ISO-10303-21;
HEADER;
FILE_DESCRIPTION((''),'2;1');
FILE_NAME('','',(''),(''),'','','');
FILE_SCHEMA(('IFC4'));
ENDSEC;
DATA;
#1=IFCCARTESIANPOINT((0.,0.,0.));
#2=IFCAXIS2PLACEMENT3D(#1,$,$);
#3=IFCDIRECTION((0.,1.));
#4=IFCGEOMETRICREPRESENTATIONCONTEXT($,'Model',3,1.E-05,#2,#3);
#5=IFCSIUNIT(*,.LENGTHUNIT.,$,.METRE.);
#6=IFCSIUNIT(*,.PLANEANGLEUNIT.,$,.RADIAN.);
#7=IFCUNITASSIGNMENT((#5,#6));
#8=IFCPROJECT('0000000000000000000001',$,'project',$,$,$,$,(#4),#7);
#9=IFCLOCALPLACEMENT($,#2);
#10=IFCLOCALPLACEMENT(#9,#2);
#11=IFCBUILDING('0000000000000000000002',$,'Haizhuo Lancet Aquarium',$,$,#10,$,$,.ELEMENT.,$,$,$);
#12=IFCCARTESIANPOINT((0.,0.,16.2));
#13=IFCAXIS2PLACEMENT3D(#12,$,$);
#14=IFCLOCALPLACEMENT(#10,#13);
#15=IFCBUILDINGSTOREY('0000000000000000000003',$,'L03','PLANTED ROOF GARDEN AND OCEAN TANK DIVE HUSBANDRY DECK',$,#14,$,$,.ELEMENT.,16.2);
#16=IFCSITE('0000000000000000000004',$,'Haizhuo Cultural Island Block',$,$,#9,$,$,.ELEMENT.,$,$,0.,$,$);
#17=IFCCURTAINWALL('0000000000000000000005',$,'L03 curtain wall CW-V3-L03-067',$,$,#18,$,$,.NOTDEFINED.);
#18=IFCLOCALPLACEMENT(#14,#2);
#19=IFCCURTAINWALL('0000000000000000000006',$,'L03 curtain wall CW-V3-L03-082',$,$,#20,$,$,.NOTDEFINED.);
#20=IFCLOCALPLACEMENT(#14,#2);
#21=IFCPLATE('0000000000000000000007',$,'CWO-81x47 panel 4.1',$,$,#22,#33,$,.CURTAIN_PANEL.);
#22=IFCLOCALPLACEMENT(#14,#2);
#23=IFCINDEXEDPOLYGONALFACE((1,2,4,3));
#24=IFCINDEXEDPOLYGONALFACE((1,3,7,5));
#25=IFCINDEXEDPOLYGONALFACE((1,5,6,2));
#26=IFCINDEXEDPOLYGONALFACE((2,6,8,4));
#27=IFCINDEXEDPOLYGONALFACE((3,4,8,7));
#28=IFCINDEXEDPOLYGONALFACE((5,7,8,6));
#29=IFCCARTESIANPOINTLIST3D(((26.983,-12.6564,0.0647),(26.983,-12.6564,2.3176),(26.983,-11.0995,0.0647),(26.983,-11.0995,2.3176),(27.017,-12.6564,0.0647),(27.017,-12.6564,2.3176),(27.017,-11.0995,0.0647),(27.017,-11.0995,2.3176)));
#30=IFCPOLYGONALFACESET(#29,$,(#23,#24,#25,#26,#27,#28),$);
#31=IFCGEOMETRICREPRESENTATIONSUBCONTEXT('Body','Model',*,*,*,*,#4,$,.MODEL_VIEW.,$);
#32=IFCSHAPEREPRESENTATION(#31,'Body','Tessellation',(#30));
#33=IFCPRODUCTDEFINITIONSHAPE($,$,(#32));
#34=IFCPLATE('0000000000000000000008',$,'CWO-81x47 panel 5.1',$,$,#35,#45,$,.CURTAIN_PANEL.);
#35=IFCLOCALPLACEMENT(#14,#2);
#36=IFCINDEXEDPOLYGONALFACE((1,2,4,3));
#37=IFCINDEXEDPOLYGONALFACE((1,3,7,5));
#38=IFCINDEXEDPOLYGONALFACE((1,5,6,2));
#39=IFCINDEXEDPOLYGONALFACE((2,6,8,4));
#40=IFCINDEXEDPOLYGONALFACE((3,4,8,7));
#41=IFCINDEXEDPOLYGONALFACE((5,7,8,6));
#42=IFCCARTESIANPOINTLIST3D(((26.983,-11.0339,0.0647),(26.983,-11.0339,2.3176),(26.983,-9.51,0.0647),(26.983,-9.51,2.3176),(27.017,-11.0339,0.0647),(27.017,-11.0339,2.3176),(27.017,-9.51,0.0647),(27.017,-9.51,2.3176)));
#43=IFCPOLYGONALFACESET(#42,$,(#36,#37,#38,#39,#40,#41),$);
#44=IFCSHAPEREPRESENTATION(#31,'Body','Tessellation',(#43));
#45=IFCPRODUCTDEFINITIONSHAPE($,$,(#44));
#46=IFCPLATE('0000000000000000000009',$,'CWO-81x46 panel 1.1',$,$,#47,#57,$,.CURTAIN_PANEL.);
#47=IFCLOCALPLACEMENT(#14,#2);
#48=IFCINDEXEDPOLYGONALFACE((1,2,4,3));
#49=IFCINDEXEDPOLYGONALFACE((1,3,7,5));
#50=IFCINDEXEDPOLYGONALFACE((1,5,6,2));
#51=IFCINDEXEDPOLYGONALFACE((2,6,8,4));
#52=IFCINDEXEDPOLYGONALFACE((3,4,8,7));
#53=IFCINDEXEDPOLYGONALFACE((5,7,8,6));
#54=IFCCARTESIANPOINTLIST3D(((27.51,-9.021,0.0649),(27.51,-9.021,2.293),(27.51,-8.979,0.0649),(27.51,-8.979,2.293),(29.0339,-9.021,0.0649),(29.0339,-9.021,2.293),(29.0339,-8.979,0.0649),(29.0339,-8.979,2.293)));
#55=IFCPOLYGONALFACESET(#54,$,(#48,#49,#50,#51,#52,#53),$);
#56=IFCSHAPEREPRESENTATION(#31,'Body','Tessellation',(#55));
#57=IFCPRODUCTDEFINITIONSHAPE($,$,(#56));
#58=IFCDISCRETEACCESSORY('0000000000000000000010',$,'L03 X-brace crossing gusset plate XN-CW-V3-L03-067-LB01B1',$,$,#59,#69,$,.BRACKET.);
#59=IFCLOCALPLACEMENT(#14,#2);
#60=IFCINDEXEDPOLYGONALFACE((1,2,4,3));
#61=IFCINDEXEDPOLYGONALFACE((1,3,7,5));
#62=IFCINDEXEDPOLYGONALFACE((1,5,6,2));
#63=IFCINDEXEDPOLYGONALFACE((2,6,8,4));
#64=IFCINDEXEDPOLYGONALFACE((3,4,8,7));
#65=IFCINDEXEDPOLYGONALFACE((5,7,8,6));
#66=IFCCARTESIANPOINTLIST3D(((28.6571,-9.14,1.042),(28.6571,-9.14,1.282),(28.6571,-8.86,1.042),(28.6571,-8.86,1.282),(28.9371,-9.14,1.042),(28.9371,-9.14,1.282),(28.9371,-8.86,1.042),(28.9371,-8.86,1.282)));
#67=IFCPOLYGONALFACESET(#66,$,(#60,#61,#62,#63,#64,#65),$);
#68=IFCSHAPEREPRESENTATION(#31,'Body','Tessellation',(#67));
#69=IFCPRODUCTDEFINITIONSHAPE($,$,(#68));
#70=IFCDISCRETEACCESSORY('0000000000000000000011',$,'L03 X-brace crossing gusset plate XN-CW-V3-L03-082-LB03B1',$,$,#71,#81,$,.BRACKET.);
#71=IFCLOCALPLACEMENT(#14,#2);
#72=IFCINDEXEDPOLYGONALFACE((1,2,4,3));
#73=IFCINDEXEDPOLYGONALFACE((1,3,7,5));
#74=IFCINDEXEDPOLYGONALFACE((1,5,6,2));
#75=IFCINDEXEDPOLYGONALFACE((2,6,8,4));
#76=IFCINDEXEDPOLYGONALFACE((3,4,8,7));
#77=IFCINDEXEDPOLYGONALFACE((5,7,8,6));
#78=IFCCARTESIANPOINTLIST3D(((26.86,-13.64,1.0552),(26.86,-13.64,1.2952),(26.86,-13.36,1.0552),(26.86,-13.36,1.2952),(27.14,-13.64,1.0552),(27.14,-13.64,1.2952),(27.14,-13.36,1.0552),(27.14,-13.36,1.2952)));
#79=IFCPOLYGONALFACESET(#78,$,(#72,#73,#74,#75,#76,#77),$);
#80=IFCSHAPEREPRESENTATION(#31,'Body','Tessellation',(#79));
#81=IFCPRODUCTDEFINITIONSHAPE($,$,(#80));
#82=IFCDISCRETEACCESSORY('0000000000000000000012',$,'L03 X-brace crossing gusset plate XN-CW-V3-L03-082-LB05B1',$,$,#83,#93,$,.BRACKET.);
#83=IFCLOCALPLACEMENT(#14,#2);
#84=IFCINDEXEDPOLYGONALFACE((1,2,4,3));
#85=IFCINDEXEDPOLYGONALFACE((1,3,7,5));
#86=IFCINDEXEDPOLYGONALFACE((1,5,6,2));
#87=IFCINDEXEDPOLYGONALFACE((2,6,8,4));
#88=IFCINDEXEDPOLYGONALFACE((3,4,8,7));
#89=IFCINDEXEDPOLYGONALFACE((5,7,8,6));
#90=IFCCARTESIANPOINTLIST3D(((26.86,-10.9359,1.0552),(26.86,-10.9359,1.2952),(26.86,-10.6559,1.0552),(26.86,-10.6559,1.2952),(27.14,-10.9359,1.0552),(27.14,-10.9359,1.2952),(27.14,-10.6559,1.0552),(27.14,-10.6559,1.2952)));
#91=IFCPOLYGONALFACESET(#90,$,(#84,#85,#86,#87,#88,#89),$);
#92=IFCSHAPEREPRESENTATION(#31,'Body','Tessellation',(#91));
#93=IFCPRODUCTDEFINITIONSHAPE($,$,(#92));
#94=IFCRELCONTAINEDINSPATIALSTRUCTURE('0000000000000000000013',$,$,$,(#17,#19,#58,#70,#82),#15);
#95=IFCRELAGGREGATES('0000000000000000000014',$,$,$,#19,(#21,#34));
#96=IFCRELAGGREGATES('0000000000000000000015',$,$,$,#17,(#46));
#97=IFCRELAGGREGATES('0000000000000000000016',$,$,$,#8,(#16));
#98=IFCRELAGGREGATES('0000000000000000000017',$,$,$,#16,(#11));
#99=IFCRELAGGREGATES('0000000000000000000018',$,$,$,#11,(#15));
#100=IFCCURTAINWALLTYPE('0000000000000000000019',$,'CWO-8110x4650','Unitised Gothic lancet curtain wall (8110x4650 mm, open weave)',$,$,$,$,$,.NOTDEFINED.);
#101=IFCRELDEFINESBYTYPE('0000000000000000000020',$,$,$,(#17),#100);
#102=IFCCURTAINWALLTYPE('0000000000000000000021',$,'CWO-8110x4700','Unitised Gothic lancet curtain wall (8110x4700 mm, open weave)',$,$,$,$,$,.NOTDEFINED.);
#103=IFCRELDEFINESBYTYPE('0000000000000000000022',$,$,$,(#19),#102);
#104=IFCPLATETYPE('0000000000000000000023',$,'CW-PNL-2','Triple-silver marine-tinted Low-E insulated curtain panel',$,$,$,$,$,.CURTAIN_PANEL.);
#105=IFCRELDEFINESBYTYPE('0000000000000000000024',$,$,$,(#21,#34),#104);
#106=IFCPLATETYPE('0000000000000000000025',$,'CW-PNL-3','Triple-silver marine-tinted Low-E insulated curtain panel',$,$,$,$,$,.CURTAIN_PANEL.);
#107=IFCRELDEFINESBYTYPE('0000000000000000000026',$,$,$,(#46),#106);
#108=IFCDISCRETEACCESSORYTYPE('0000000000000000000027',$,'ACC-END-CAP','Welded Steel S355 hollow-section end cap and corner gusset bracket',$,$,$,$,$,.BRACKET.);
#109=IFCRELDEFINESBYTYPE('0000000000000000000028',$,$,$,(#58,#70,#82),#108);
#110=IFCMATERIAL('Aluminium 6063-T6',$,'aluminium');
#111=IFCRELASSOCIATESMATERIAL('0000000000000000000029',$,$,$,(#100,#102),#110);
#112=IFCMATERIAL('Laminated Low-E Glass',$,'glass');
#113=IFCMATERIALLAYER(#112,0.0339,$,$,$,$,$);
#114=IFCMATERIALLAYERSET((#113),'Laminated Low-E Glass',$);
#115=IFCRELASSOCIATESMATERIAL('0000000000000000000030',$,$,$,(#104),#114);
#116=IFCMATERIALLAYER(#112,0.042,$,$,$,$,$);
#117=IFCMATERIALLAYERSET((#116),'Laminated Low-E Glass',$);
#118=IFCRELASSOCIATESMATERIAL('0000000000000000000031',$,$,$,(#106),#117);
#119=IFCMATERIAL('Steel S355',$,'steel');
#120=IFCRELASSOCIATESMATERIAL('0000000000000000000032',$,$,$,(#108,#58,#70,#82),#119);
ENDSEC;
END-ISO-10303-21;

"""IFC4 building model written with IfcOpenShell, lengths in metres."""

from ifc_helpers import new_model, si_unit, direction, frame, origin, origin_2d, place, context, subcontext, project, spatial, rectangle, extrude, material, layer, layer_set, type_object, element, aggregate, save


model = new_model("IFC4")

# Units and contexts
model_context = context("Model", 3, precision=1e-05, world=origin(), true_north=direction((0.0, 1.0)))
body_context = subcontext(model_context, "Body", "Model", "MODEL_VIEW")
ifc_project = project(units=[si_unit("LENGTHUNIT", "METRE"), si_unit("PLANEANGLEUNIT", "RADIAN")], contexts=[model_context])

# Site, building, storey
site_placement = place(None, origin())
site = spatial("IfcSite", under=ifc_project, at=site_placement, Name="Haizhuo Cultural Island Block", CompositionType="ELEMENT", RefElevation=0.0)
building_placement = place(site_placement, origin())
building = spatial("IfcBuilding", under=site, at=building_placement, Name="Haizhuo Lancet Aquarium", CompositionType="ELEMENT")
storey_placement = place(building_placement, frame((0.0, 0.0, 16.2)))
storey = spatial("IfcBuildingStorey", under=building, at=storey_placement, Name="L03", Description="PLANTED ROOF GARDEN AND OCEAN TANK DIVE HUSBANDRY DECK", CompositionType="ELEMENT", Elevation=16.2)

# Curtain wall
ifc_material_1 = material(Name="Aluminium 6063-T6", Category="aluminium")
curtain_wall_type_1 = type_object("IfcCurtainWallType", Name="CWO-8110x4650", Description="Unitised Gothic lancet curtain wall (8110x4650 mm, open weave)", PredefinedType="NOTDEFINED", material=ifc_material_1)
curtain_wall_1_placement = place(storey_placement, origin())
curtain_wall_1 = element("IfcCurtainWall", 1, at=curtain_wall_1_placement, inside=storey, type_object=curtain_wall_type_1, Name="L03 curtain wall CW-V3-L03-067", PredefinedType="NOTDEFINED")

# Curtain wall
curtain_wall_type_2 = type_object("IfcCurtainWallType", Name="CWO-8110x4700", Description="Unitised Gothic lancet curtain wall (8110x4700 mm, open weave)", PredefinedType="NOTDEFINED", material=ifc_material_1)
curtain_wall_2_placement = place(storey_placement, origin())
curtain_wall_2 = element("IfcCurtainWall", 2, at=curtain_wall_2_placement, inside=storey, type_object=curtain_wall_type_2, Name="L03 curtain wall CW-V3-L03-082", PredefinedType="NOTDEFINED")

# Shared definitions
ifc_material_2 = material(Name="Steel S355", Category="steel")

# Plates
ifc_material_3 = material(Name="Laminated Low-E Glass", Category="glass")
ifc_layer_1 = layer(ifc_material_3, 0.0339)
ifc_layer_set_1 = layer_set([ifc_layer_1], Name="Laminated Low-E Glass")
plate_type_1 = type_object("IfcPlateType", Name="CW-PNL-2", Description="Triple-silver marine-tinted Low-E insulated curtain panel", PredefinedType="CURTAIN_PANEL", material=ifc_layer_set_1)
plate_1_placement = place(storey_placement, frame((27.0, -11.8779, 0.0647), z_axis=(0.0, 0.0, 1.0), x_axis=(0.0, 1.0, 0.0)))
plate_1 = element("IfcPlate", 3, at=plate_1_placement, type_object=plate_type_1, Name="CWO-81x47 panel 4.1", PredefinedType="CURTAIN_PANEL", context=body_context, shape_type="SweptSolid", body=[
    extrude(rectangle(XDim=1.5569, YDim=0.0339, at=origin_2d()), origin(), (0.0, 0.0, 1.0), 2.2529),
])
plate_2_placement = place(storey_placement, frame((27.0, -10.272, 0.0647), z_axis=(0.0, 0.0, 1.0), x_axis=(0.0, 1.0, 0.0)))
plate_2 = element("IfcPlate", 4, at=plate_2_placement, type_object=plate_type_1, Name="CWO-81x47 panel 5.1", PredefinedType="CURTAIN_PANEL", context=body_context, shape_type="SweptSolid", body=[
    extrude(rectangle(XDim=1.5239, YDim=0.0339, at=origin_2d()), origin(), (0.0, 0.0, 1.0), 2.2529),
])
aggregate(curtain_wall_2, [plate_1, plate_2])
ifc_layer_2 = layer(ifc_material_3, 0.042)
ifc_layer_set_2 = layer_set([ifc_layer_2], Name="Laminated Low-E Glass")
plate_type_2 = type_object("IfcPlateType", Name="CW-PNL-3", Description="Triple-silver marine-tinted Low-E insulated curtain panel", PredefinedType="CURTAIN_PANEL", material=ifc_layer_set_2)
plate_3_placement = place(storey_placement, frame((28.272, -9.0, 0.0649), z_axis=(0.0, 0.0, 1.0), x_axis=(1.0, 0.0, 0.0)))
plate_3 = element("IfcPlate", 5, at=plate_3_placement, type_object=plate_type_2, Name="CWO-81x46 panel 1.1", PredefinedType="CURTAIN_PANEL", context=body_context, shape_type="SweptSolid", body=[
    extrude(rectangle(XDim=1.5239, YDim=0.042, at=origin_2d()), origin(), (0.0, 0.0, 1.0), 2.228),
])
aggregate(curtain_wall_1, [plate_3])

# Discrete accessories
discrete_accessory_type = type_object("IfcDiscreteAccessoryType", Name="ACC-END-CAP", Description="Welded Steel S355 hollow-section end cap and corner gusset bracket", PredefinedType="BRACKET", material=ifc_material_2)
for number, where, z_axis, x_axis, name in (
    (6, (28.7971, -9.0, 1.042), (0.0, 0.0, 1.0), (1.0, 0.0, 0.0), "L03 X-brace crossing gusset plate XN-CW-V3-L03-067-LB01B1"),
    (7, (27.0, -13.5, 1.0552), (0.0, 0.0, 1.0), (1.0, 0.0, 0.0), "L03 X-brace crossing gusset plate XN-CW-V3-L03-082-LB03B1"),
    (8, (27.0, -10.7959, 1.0552), (0.0, 0.0, 1.0), (1.0, 0.0, 0.0), "L03 X-brace crossing gusset plate XN-CW-V3-L03-082-LB05B1"),
):
    element("IfcDiscreteAccessory", number, at=place(storey_placement, frame(where, z_axis=z_axis, x_axis=x_axis)), inside=storey, type_object=discrete_accessory_type, material=ifc_material_2, Name=name, PredefinedType="BRACKET", context=body_context, shape_type="SweptSolid", body=[
        extrude(rectangle(XDim=0.28, YDim=0.28, at=origin_2d()), origin(), (0.0, 0.0, 1.0), 0.24),
    ])

save(model, "model.ifc")
